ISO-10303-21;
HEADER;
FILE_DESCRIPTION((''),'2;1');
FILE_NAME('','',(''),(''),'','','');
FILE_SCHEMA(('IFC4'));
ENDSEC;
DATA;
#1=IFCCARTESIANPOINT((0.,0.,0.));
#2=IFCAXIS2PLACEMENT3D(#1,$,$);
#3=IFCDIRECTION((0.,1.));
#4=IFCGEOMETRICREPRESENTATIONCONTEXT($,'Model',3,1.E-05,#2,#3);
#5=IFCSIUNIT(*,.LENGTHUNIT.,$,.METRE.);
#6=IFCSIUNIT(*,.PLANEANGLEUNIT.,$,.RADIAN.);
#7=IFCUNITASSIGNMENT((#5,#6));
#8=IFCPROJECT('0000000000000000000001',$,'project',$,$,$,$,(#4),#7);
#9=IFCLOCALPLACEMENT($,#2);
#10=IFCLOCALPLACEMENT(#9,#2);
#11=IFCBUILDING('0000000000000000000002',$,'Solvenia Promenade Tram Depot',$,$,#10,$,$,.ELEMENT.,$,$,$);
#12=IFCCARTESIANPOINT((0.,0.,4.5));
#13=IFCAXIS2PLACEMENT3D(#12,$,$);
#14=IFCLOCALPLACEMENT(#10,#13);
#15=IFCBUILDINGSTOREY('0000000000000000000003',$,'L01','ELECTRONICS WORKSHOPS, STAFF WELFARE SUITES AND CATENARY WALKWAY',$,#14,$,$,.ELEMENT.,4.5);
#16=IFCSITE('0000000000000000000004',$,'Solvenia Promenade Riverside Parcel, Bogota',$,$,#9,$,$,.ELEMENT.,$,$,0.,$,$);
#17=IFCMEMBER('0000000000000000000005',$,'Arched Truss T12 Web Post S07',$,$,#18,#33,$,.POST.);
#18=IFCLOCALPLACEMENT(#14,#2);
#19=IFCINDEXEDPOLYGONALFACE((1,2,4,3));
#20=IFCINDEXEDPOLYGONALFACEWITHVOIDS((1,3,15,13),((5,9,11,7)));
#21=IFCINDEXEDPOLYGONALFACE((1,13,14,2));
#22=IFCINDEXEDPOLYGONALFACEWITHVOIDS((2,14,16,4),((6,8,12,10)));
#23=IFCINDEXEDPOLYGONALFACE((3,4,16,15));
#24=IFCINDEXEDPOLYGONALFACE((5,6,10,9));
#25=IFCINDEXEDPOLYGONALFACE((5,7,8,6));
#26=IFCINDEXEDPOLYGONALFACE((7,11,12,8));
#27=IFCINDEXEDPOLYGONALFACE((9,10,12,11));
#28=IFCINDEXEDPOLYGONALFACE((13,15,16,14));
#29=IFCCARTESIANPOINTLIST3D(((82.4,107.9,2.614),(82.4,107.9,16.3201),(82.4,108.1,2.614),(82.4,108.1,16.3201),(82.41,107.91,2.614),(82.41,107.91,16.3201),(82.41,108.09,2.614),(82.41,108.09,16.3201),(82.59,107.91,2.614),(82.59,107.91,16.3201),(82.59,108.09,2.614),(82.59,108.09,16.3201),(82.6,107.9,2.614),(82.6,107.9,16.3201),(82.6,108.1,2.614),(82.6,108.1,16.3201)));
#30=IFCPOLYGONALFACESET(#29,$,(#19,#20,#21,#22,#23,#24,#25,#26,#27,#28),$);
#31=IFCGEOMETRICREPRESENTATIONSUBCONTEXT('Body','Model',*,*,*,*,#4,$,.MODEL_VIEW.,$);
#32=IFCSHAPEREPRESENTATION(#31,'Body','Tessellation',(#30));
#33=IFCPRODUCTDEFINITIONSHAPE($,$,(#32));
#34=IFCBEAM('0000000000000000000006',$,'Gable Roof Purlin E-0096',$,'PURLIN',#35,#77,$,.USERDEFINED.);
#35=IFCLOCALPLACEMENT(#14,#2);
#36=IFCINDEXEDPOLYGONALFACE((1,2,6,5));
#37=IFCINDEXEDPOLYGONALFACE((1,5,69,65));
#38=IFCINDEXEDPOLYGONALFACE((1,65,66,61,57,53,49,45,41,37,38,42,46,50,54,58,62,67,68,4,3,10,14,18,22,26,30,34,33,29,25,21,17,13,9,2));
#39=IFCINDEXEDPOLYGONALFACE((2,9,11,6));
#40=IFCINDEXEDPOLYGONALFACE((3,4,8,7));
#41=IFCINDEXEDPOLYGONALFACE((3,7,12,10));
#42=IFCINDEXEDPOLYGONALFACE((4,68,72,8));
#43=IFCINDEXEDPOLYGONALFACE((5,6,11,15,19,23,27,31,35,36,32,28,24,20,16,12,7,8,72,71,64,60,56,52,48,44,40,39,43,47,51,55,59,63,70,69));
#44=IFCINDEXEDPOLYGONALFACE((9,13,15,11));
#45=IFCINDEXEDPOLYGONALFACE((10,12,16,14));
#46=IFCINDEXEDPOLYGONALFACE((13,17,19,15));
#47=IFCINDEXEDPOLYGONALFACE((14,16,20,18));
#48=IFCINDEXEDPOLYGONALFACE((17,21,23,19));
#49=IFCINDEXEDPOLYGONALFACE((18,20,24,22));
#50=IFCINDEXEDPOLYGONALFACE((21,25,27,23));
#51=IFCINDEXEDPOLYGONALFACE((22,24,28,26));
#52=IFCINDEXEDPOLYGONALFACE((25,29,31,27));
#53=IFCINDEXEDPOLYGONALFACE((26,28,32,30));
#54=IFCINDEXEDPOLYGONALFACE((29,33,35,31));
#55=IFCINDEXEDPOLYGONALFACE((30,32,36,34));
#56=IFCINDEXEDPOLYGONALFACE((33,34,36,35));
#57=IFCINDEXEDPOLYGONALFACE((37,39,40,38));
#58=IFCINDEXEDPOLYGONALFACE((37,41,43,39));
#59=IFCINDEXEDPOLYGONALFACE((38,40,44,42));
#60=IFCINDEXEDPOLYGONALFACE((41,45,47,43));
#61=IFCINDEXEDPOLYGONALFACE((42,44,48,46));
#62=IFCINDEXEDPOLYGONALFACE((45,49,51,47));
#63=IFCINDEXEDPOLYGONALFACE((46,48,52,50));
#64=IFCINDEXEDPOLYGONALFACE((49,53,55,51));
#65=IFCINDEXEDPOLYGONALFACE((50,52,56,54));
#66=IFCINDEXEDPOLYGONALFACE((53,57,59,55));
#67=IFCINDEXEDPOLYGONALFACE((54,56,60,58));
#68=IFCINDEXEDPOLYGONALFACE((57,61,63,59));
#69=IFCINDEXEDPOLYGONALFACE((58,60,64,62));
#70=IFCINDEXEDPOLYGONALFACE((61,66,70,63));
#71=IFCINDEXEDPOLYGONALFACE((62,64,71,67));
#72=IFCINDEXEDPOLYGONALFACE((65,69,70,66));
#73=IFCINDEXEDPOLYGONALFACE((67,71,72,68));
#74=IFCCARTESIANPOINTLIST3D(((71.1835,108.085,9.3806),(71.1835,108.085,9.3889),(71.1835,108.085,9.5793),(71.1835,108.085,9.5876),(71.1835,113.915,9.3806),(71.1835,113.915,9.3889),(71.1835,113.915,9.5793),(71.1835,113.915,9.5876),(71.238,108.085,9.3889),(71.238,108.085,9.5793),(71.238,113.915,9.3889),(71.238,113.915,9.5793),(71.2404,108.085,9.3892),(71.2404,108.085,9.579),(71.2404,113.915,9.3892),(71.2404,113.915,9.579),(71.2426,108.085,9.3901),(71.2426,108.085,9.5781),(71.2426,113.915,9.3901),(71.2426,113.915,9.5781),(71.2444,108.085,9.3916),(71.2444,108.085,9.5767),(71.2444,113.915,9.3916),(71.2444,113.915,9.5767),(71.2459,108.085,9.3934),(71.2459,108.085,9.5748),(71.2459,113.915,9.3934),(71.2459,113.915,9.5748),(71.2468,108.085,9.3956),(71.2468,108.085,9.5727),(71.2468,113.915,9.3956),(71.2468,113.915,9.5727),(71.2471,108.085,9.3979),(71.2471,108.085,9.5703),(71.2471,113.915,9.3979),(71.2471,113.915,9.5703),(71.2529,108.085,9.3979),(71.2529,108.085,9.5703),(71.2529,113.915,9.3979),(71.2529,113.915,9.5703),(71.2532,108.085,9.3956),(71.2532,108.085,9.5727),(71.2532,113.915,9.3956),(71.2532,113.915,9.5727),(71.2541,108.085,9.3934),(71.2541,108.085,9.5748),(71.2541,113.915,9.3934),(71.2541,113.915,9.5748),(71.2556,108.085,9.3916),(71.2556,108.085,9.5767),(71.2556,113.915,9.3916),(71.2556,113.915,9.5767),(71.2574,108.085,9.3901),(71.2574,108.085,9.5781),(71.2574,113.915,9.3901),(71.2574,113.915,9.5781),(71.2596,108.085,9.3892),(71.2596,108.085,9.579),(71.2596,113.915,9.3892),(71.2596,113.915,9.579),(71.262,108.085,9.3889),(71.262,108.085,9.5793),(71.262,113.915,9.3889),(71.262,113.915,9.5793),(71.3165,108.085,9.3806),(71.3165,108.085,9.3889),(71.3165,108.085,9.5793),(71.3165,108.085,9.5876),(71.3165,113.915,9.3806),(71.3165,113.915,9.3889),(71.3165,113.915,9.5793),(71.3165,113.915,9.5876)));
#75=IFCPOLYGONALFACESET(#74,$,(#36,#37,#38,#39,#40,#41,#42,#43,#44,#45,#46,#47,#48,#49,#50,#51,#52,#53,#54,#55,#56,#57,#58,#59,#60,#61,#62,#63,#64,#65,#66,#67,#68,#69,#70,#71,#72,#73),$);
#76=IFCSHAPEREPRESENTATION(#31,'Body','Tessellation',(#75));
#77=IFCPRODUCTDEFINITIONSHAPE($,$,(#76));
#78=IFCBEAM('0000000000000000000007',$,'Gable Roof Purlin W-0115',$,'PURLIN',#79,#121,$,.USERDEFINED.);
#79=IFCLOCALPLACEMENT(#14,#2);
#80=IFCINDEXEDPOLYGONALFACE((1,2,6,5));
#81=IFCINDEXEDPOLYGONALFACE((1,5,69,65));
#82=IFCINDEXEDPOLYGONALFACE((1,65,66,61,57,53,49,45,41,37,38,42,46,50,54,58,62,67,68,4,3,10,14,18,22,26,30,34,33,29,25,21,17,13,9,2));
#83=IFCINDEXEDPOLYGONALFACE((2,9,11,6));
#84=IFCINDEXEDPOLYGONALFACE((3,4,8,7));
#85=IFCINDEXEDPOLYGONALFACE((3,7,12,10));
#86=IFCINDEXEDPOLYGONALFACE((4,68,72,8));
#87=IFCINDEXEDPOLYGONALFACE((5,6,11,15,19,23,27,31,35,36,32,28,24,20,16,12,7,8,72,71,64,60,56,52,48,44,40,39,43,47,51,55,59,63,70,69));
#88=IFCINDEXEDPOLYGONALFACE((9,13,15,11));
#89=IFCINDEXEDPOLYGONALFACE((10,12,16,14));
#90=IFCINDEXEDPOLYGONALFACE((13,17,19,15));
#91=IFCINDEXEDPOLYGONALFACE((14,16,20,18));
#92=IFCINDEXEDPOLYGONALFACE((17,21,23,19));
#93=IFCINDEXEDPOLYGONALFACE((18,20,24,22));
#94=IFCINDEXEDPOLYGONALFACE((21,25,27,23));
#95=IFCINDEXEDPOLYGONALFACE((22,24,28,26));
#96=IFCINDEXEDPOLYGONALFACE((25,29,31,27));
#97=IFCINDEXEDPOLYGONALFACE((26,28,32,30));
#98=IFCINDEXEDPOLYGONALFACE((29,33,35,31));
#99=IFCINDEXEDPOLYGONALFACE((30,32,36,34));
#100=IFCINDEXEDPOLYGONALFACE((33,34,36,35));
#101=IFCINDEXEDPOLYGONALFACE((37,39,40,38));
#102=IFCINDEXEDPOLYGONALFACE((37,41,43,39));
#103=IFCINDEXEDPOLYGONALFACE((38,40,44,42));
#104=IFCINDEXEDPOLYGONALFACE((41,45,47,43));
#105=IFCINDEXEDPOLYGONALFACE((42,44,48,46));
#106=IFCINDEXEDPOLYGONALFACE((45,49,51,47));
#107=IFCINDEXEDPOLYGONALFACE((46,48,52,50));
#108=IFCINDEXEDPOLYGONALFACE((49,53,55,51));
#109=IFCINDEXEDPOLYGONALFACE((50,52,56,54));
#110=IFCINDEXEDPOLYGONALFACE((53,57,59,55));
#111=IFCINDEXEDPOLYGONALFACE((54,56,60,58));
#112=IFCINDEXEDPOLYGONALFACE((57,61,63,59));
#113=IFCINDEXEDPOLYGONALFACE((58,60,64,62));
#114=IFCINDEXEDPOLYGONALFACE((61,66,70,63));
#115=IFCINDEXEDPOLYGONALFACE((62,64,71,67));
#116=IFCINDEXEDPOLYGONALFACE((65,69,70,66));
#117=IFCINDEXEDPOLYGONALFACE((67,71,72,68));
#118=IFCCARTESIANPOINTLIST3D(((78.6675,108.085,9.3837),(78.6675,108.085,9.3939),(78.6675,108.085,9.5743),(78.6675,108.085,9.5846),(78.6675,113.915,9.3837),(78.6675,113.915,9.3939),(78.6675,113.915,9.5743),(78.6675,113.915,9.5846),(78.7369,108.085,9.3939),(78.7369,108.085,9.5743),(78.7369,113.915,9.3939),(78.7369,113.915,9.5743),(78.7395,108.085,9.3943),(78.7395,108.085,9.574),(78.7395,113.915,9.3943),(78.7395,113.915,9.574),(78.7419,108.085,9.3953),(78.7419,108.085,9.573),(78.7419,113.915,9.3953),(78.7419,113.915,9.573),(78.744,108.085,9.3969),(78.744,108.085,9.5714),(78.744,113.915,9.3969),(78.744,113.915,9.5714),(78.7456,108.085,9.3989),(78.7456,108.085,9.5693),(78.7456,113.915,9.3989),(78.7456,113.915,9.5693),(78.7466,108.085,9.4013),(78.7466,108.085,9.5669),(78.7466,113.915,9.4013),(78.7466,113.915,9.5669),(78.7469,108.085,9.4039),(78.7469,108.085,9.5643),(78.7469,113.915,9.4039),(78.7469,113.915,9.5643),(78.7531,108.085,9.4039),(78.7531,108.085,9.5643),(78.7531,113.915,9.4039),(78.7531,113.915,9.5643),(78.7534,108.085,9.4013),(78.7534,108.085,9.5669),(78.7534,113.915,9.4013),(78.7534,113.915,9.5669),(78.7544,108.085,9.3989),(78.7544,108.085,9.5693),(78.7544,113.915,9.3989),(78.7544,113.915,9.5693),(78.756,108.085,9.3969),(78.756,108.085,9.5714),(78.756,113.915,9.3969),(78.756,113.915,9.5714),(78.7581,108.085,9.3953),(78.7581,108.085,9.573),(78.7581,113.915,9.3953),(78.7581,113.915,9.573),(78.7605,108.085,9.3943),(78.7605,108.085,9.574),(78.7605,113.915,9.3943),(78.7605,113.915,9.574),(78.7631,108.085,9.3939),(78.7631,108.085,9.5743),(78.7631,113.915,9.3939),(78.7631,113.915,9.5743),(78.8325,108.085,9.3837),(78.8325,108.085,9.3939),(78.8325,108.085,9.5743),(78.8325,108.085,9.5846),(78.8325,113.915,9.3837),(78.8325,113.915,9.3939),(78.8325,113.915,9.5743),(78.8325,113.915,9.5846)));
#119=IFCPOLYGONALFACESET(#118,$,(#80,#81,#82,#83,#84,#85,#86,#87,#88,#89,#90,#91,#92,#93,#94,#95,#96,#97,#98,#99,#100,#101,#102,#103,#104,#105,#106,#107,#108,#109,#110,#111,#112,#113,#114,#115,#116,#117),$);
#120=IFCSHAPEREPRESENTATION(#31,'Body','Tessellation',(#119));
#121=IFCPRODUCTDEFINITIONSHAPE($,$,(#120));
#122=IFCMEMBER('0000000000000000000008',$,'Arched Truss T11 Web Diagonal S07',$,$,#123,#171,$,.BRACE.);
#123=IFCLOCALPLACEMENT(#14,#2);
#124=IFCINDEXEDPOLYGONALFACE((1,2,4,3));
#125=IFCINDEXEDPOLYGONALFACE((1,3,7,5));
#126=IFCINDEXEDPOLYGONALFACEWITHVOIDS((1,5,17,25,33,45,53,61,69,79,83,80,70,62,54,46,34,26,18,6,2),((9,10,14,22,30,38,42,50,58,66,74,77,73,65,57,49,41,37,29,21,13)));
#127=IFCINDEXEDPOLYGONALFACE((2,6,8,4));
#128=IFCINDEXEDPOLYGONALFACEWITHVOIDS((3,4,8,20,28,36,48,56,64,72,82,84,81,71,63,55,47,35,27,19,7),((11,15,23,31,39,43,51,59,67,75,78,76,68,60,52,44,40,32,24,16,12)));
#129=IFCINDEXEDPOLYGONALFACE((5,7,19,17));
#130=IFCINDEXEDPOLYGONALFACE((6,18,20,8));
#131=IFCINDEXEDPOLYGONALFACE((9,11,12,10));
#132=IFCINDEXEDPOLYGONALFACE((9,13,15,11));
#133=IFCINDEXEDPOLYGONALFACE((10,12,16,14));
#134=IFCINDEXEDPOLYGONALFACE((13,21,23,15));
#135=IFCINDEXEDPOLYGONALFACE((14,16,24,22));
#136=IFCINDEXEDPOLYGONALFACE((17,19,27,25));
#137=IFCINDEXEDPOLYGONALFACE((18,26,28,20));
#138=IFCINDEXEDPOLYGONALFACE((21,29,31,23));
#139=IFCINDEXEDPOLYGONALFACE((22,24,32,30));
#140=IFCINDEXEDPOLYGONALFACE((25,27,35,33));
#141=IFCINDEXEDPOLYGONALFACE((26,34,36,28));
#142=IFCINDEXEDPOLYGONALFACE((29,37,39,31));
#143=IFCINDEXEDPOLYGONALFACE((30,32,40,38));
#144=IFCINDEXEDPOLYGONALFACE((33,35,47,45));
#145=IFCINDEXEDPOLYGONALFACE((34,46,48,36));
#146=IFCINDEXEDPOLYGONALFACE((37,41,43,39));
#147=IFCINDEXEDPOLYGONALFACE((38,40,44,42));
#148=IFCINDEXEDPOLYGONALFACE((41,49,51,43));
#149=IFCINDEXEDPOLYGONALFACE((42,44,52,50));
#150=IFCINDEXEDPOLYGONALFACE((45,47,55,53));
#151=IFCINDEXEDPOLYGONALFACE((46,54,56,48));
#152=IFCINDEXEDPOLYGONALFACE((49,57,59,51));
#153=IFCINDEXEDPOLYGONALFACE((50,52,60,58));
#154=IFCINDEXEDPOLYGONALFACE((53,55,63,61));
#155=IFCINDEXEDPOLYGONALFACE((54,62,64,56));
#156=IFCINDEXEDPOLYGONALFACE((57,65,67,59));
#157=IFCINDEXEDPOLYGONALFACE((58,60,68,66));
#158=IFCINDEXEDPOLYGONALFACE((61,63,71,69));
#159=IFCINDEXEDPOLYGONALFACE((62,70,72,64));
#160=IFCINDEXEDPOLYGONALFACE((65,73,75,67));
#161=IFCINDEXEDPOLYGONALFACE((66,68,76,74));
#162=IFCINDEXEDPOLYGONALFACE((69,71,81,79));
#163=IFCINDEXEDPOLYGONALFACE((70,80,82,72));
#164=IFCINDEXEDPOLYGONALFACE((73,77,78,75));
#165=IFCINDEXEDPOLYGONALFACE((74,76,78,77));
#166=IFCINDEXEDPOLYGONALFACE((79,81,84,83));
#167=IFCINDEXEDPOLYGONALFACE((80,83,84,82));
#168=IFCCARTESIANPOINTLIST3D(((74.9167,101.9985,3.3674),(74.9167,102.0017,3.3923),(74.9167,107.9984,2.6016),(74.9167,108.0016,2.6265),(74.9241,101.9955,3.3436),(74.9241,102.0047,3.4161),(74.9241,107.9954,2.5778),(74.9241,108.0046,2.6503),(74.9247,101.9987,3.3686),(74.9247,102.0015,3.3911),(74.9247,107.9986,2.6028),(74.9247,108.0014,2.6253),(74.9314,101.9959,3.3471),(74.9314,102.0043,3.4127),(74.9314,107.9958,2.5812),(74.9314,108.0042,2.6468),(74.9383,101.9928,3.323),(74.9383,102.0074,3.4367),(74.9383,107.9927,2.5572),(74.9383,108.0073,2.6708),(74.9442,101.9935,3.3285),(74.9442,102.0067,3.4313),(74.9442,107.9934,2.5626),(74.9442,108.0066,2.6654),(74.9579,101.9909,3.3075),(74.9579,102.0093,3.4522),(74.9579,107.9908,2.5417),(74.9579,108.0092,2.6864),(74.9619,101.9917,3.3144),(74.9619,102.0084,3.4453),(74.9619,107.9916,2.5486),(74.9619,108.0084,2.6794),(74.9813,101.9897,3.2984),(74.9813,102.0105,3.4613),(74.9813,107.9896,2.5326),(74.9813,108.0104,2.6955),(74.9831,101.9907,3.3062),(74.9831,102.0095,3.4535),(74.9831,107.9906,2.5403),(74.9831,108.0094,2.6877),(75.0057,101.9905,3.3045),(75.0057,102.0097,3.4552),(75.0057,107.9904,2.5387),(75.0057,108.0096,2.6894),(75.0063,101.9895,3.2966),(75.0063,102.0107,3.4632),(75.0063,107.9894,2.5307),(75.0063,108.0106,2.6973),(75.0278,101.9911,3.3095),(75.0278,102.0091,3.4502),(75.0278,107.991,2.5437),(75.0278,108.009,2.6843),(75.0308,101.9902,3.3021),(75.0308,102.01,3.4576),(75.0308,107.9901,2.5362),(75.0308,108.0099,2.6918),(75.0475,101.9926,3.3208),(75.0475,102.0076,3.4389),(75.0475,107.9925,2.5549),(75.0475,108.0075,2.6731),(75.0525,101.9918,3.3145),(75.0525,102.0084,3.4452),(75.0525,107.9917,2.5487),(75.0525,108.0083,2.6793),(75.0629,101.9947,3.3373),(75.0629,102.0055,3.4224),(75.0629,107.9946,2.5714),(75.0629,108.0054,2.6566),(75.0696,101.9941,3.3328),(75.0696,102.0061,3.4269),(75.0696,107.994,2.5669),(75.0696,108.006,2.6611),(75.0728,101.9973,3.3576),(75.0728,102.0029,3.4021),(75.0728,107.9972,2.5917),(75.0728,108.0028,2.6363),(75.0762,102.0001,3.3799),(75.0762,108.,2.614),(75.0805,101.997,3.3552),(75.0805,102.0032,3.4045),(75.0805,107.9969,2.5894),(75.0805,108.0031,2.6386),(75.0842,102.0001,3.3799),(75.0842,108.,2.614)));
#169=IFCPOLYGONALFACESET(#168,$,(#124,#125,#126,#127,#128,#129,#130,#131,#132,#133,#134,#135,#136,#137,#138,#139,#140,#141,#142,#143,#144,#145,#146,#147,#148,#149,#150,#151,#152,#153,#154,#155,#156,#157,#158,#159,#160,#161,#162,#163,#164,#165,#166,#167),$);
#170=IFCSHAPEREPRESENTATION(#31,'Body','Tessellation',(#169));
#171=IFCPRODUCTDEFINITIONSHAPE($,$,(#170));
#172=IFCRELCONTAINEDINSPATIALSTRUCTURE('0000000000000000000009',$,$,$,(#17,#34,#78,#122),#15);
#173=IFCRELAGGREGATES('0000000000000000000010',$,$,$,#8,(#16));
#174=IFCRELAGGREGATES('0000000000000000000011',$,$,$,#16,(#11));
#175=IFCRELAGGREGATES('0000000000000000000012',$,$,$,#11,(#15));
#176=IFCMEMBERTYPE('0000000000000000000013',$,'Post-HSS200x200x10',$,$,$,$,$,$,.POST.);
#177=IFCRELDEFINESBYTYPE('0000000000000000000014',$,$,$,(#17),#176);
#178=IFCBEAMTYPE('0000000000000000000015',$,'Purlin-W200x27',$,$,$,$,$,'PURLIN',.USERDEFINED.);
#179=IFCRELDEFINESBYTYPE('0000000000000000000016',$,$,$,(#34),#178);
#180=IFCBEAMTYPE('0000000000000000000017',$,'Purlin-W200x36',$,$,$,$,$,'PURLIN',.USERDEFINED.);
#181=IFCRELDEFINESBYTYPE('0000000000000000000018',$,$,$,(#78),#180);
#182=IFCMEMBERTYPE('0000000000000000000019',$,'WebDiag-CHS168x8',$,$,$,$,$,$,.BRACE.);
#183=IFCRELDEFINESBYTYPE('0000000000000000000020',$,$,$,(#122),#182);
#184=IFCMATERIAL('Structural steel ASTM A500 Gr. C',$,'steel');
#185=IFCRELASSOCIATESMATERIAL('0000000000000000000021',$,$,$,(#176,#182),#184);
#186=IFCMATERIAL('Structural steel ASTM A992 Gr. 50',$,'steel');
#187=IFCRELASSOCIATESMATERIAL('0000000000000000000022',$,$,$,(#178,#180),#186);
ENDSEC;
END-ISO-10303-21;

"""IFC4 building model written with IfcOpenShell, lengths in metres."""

from ifc_helpers import new_model, si_unit, direction, frame, origin, origin_2d, place, context, subcontext, project, spatial, hollow_rectangle, hollow_circle, i_section, extrude, material, material_profile, profile_set, type_object, element, save


model = new_model("IFC4")

# Units and contexts
model_context = context("Model", 3, precision=1e-05, world=origin(), true_north=direction((0.0, 1.0)))
body_context = subcontext(model_context, "Body", "Model", "MODEL_VIEW")
ifc_project = project(units=[si_unit("LENGTHUNIT", "METRE"), si_unit("PLANEANGLEUNIT", "RADIAN")], contexts=[model_context])

# Site, building, storey
site_placement = place(None, origin())
site = spatial("IfcSite", under=ifc_project, at=site_placement, Name="Solvenia Promenade Riverside Parcel, Bogota", CompositionType="ELEMENT", RefElevation=0.0)
building_placement = place(site_placement, origin())
building = spatial("IfcBuilding", under=site, at=building_placement, Name="Solvenia Promenade Tram Depot", CompositionType="ELEMENT")
storey_placement = place(building_placement, frame((0.0, 0.0, 4.5)))
storey = spatial("IfcBuildingStorey", under=building, at=storey_placement, Name="L01", Description="ELECTRONICS WORKSHOPS, STAFF WELFARE SUITES AND CATENARY WALKWAY", CompositionType="ELEMENT", Elevation=4.5)

# Member
ifc_material_1 = material(Name="Structural steel ASTM A500 Gr. C", Category="steel")
ifc_material_profile_1 = material_profile(ifc_material_1, hollow_rectangle(XDim=0.2, YDim=0.2, WallThickness=0.01, at=origin_2d()), Name="HSS200x200x10", Category="steel")
ifc_profile_set_1 = profile_set([ifc_material_profile_1], Name="Structural steel ASTM A500 Gr. C")
member_type_1 = type_object("IfcMemberType", Name="Post-HSS200x200x10", PredefinedType="POST", material=ifc_profile_set_1)
member_1_placement = place(storey_placement, frame((82.5, 108.0, 2.614), z_axis=(0.0, 0.0, 1.0), x_axis=(1.0, 0.0, 0.0)))
element("IfcMember", 1, at=member_1_placement, inside=storey, type_object=member_type_1, Name="Arched Truss T12 Web Post S07", PredefinedType="POST", context=body_context, shape_type="SweptSolid", body=[
    extrude(hollow_rectangle(XDim=0.2, YDim=0.2, WallThickness=0.01, at=origin_2d()), origin(), (0.0, 0.0, 1.0), 13.7061),
])

# Beams
ifc_material_2 = material(Name="Structural steel ASTM A992 Gr. 50", Category="steel")
ifc_material_profile_2 = material_profile(ifc_material_2, i_section(OverallWidth=0.1331, OverallDepth=0.207, WebThickness=0.0059, FlangeThickness=0.0083, FilletRadius=0.009, at=origin_2d()), Name="W200x27", Category="steel")
ifc_profile_set_2 = profile_set([ifc_material_profile_2], Name="Structural steel ASTM A992 Gr. 50")
beam_type_1 = type_object("IfcBeamType", Name="Purlin-W200x27", ElementType="PURLIN", PredefinedType="USERDEFINED", material=ifc_profile_set_2)
beam_1_placement = place(storey_placement, frame((71.25, 108.085, 9.4841), z_axis=(0.0, 1.0, 0.0), x_axis=(-1.0, 0.0, 0.0)))
element("IfcBeam", 2, at=beam_1_placement, inside=storey, type_object=beam_type_1, Name="Gable Roof Purlin E-0096", ObjectType="PURLIN", PredefinedType="USERDEFINED", context=body_context, shape_type="SweptSolid", body=[
    extrude(i_section(OverallWidth=0.1331, OverallDepth=0.207, WebThickness=0.0059, FlangeThickness=0.0083, FilletRadius=0.009, at=origin_2d()), origin(), (0.0, 0.0, 1.0), 5.8301),
])
ifc_material_profile_3 = material_profile(ifc_material_2, i_section(OverallWidth=0.165, OverallDepth=0.2009, WebThickness=0.0061, FlangeThickness=0.0103, FilletRadius=0.01, at=origin_2d()), Name="W200x36", Category="steel")
ifc_profile_set_3 = profile_set([ifc_material_profile_3], Name="Structural steel ASTM A992 Gr. 50")
beam_type_2 = type_object("IfcBeamType", Name="Purlin-W200x36", ElementType="PURLIN", PredefinedType="USERDEFINED", material=ifc_profile_set_3)
beam_2_placement = place(storey_placement, frame((78.75, 108.085, 9.4841), z_axis=(0.0, 1.0, 0.0), x_axis=(-1.0, 0.0, 0.0)))
element("IfcBeam", 3, at=beam_2_placement, inside=storey, type_object=beam_type_2, Name="Gable Roof Purlin W-0115", ObjectType="PURLIN", PredefinedType="USERDEFINED", context=body_context, shape_type="SweptSolid", body=[
    extrude(i_section(OverallWidth=0.165, OverallDepth=0.2009, WebThickness=0.0061, FlangeThickness=0.0103, FilletRadius=0.01, at=origin_2d()), origin(), (0.0, 0.0, 1.0), 5.8301),
])

# Member
ifc_material_profile_4 = material_profile(ifc_material_1, hollow_circle(Radius=0.0842, WallThickness=0.0081, at=origin_2d()), Name="CHS168.3x8", Category="steel")
ifc_profile_set_4 = profile_set([ifc_material_profile_4], Name="Structural steel ASTM A500 Gr. C")
member_type_2 = type_object("IfcMemberType", Name="WebDiag-CHS168x8", PredefinedType="BRACE", material=ifc_profile_set_4)
member_2_placement = place(storey_placement, frame((75.0, 108.0, 2.614), z_axis=(0.0, -0.991952, 0.126618), x_axis=(1.0, 0.0, 0.0)))
element("IfcMember", 4, at=member_2_placement, inside=storey, type_object=member_type_2, Name="Arched Truss T11 Web Diagonal S07", PredefinedType="BRACE", context=body_context, shape_type="SweptSolid", body=[
    extrude(hollow_circle(Radius=0.0842, WallThickness=0.0081, at=origin_2d()), origin(), (0.0, 0.0, 1.0), 6.0486),
])

save(model, "model.ifc")
